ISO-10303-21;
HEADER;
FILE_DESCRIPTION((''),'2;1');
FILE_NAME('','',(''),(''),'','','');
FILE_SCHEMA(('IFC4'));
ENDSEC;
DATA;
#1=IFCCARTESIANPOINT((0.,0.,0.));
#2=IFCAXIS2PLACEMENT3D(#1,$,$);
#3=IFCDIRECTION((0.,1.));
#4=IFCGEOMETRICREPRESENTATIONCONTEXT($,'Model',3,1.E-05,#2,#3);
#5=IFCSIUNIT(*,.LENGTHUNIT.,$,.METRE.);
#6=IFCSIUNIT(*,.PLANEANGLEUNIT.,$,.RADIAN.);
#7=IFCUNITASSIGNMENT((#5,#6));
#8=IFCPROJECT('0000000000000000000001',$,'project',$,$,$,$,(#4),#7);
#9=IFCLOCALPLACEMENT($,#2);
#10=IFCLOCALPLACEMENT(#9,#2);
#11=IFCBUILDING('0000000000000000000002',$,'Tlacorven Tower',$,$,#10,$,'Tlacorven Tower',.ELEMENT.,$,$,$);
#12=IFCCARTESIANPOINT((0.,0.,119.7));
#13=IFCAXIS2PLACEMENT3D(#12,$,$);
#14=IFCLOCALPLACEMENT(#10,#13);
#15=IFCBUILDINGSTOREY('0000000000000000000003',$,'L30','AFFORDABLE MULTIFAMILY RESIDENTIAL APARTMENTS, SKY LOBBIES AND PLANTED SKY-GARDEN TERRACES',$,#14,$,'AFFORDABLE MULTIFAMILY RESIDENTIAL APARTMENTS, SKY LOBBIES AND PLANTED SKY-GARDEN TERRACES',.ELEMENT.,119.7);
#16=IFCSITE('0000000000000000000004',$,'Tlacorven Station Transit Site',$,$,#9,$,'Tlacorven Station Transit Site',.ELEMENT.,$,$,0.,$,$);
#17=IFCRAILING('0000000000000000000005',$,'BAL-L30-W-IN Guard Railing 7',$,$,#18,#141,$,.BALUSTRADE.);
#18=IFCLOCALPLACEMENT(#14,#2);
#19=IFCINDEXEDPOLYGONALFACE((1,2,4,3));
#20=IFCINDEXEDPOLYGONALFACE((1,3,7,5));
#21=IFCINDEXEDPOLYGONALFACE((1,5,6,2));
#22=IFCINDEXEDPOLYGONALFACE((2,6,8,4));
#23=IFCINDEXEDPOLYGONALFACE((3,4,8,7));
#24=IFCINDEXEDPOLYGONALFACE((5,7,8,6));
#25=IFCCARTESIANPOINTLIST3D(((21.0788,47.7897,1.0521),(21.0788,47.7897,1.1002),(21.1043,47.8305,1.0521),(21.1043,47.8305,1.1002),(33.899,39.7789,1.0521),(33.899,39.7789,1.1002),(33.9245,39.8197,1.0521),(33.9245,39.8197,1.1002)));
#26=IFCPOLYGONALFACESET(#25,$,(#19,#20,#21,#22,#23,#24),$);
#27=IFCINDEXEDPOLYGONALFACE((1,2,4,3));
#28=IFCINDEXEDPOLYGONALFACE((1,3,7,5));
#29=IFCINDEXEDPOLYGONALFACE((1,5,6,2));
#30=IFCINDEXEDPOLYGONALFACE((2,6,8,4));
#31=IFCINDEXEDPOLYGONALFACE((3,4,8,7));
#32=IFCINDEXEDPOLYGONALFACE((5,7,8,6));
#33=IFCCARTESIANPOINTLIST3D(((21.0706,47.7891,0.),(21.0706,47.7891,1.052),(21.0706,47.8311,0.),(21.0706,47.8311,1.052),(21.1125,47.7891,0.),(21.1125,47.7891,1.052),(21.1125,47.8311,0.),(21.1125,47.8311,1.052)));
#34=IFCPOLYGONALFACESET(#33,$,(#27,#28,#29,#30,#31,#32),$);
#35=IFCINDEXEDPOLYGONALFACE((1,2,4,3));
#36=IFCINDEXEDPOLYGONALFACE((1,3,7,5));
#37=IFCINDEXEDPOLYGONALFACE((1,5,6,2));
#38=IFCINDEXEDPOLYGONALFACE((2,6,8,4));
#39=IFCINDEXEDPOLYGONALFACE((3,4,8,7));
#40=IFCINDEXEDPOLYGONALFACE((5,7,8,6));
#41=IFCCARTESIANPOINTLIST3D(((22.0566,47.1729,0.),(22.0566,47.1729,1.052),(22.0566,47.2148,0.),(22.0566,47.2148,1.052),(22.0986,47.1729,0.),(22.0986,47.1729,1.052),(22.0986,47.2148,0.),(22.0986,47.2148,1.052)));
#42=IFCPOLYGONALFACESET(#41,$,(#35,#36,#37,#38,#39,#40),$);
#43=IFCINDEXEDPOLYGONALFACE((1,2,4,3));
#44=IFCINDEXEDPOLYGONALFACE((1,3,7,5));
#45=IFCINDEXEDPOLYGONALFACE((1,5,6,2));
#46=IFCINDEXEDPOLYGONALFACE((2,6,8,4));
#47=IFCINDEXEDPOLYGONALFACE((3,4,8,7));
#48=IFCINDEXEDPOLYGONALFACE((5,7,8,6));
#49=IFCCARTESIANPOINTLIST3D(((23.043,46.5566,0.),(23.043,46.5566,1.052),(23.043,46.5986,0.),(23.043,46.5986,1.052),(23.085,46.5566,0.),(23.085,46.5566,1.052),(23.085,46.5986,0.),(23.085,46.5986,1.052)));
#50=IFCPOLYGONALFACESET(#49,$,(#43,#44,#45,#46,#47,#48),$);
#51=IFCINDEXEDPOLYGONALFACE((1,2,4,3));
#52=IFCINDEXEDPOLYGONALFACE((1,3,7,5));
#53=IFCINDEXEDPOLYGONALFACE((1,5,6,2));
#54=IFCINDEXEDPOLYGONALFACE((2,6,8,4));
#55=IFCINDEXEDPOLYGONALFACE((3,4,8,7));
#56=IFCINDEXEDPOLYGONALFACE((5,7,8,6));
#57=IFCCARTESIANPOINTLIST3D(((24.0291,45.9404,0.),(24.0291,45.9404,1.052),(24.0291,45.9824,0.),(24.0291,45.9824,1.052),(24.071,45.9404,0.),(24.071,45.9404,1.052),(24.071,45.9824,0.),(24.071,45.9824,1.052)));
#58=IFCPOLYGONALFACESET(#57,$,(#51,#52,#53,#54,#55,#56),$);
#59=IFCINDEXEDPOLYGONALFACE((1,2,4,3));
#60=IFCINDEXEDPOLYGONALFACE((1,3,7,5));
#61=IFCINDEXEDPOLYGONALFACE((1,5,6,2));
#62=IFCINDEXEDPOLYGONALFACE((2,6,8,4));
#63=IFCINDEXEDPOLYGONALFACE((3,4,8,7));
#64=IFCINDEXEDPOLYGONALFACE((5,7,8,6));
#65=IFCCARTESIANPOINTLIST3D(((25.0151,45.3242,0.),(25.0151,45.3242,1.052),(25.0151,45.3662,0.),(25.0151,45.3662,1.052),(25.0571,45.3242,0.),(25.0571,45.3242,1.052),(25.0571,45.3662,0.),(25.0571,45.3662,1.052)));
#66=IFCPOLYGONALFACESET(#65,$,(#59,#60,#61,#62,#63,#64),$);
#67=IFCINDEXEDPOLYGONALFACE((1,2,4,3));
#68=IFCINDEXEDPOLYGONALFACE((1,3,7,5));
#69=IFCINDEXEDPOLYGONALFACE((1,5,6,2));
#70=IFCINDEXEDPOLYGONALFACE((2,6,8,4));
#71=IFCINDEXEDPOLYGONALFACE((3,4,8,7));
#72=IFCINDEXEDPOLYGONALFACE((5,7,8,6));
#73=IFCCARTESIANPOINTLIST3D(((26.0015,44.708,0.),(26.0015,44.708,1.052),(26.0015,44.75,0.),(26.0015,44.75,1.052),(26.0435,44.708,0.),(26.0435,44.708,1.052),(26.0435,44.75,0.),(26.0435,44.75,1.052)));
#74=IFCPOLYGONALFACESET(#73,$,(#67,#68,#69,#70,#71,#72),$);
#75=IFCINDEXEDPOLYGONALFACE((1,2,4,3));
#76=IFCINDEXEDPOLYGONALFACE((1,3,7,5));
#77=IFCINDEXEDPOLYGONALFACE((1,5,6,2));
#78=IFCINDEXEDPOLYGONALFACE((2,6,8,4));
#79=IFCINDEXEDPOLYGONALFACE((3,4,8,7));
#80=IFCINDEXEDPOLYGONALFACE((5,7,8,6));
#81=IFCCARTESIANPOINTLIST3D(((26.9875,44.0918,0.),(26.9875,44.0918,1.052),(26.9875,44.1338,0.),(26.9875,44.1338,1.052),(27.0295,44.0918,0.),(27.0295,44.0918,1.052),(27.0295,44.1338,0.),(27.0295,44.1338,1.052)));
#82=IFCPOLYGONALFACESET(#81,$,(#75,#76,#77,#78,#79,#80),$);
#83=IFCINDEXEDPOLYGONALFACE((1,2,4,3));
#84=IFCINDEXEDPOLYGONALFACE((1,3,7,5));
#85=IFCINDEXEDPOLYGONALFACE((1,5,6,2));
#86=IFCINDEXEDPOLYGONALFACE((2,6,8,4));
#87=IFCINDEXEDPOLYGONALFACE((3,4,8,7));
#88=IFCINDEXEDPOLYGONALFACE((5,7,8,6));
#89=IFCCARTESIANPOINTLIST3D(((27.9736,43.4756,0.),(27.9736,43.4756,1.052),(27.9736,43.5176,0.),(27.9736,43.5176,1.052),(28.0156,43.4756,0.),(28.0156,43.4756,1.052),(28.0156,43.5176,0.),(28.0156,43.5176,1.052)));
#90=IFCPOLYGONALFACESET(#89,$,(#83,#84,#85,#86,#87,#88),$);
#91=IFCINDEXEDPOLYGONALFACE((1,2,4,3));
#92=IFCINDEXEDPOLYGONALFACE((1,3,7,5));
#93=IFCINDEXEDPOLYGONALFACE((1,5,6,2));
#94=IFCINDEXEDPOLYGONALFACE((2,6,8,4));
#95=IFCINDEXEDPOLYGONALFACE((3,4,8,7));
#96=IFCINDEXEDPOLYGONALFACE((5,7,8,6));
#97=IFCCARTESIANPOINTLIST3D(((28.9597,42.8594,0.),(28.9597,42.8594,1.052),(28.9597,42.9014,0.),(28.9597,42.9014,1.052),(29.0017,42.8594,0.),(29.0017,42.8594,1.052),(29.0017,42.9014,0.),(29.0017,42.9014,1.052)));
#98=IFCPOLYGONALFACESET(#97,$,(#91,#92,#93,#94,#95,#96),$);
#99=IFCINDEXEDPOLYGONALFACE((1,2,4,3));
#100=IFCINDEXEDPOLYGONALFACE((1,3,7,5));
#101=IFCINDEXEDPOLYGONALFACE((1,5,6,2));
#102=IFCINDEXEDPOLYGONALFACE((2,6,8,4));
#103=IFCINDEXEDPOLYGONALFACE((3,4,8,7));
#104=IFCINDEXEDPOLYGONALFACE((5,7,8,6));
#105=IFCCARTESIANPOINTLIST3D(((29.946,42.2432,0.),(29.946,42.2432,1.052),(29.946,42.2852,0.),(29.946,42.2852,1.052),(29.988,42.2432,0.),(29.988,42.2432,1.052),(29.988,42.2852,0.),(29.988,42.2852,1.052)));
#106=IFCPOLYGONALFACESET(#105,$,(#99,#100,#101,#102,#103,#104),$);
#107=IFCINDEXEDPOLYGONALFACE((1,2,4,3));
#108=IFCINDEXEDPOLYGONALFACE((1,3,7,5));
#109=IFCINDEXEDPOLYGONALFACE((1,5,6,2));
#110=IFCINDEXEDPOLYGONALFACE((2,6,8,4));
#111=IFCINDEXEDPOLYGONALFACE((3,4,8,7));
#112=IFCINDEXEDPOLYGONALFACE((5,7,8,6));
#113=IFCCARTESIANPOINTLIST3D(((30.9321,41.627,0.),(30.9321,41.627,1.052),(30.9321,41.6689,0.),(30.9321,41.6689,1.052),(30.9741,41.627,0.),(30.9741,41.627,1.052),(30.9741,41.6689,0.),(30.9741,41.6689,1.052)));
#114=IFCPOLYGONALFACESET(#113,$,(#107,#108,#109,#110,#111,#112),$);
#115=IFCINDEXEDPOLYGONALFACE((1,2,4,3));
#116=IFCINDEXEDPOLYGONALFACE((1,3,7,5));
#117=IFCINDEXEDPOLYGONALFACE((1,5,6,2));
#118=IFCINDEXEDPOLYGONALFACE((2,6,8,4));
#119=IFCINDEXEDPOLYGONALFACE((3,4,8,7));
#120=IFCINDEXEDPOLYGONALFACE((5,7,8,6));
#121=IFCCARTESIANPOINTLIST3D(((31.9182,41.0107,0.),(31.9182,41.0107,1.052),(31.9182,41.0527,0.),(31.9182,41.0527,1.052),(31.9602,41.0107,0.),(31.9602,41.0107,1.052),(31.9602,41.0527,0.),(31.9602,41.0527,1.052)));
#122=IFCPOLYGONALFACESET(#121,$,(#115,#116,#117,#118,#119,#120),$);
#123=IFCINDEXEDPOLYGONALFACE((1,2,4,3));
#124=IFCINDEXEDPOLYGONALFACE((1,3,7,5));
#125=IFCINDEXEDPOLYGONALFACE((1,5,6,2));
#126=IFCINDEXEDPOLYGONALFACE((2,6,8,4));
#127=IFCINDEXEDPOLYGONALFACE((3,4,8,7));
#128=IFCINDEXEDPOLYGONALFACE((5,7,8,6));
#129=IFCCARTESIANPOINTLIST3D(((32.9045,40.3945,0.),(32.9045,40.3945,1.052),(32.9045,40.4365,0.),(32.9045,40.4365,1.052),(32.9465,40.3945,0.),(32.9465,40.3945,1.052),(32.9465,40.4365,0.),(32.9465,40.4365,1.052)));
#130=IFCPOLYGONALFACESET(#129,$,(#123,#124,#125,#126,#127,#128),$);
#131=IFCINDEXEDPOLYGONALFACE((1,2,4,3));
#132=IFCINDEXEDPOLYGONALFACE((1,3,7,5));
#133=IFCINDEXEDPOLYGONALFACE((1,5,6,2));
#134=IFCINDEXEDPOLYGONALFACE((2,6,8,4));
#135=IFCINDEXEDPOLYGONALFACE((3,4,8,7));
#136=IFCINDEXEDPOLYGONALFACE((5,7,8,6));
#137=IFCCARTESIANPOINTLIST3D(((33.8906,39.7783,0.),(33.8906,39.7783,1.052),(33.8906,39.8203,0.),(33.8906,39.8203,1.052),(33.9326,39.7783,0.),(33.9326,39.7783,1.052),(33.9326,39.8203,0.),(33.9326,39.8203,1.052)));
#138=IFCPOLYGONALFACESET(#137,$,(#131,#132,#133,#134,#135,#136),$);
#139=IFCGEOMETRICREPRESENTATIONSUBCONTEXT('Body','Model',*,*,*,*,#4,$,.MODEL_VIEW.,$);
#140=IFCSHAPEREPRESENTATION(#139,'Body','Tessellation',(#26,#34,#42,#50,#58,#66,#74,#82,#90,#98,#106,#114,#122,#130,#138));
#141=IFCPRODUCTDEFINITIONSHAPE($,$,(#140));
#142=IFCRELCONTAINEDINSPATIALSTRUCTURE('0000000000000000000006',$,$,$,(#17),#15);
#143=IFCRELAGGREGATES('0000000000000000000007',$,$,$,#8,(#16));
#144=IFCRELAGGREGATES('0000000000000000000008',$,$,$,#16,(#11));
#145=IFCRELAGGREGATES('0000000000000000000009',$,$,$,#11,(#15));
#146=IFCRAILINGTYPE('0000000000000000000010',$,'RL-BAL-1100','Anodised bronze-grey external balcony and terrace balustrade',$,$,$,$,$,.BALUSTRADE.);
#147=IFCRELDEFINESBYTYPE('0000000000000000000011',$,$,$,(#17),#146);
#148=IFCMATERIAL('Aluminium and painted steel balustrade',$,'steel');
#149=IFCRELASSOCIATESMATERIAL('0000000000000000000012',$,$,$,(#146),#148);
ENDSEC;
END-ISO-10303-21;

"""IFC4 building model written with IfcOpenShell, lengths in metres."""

from ifc_helpers import new_model, si_unit, direction, frame, origin, origin_2d, place, context, subcontext, project, spatial, rectangle, extrude, source, transform, mapped, material, type_object, element, save


model = new_model("IFC4")

# Units and contexts
model_context = context("Model", 3, precision=1e-05, world=origin(), true_north=direction((0.0, 1.0)))
body_context = subcontext(model_context, "Body", "Model", "MODEL_VIEW")
ifc_project = project(units=[si_unit("LENGTHUNIT", "METRE"), si_unit("PLANEANGLEUNIT", "RADIAN")], contexts=[model_context])

# Site, building, storey
site_placement = place(None, origin())
site = spatial("IfcSite", under=ifc_project, at=site_placement, Name="Tlacorven Station Transit Site", LongName="Tlacorven Station Transit Site", CompositionType="ELEMENT", RefElevation=0.0)
building_placement = place(site_placement, origin())
building = spatial("IfcBuilding", under=site, at=building_placement, Name="Tlacorven Tower", LongName="Tlacorven Tower", CompositionType="ELEMENT")
storey_placement = place(building_placement, frame((0.0, 0.0, 119.7)))
storey = spatial("IfcBuildingStorey", under=building, at=storey_placement, Name="L30", Description="AFFORDABLE MULTIFAMILY RESIDENTIAL APARTMENTS, SKY LOBBIES AND PLANTED SKY-GARDEN TERRACES", LongName="AFFORDABLE MULTIFAMILY RESIDENTIAL APARTMENTS, SKY LOBBIES AND PLANTED SKY-GARDEN TERRACES", CompositionType="ELEMENT", Elevation=119.7)

# Railing
ifc_material_1 = material(Name="Aluminium and painted steel balustrade", Category="steel")
railing_type = type_object("IfcRailingType", Name="RL-BAL-1100", Description="Anodised bronze-grey external balcony and terrace balustrade", PredefinedType="BALUSTRADE", material=ifc_material_1)
shared_shape_1 = source(origin(), body_context, "Body", "SweptSolid", [
    extrude(rectangle(XDim=0.0481, YDim=0.0481, at=origin_2d()), frame((0.0, 0.0, 1.0762), z_axis=(0.848052, -0.529913, 0.0), x_axis=(0.529913, 0.848052, 0.0)), (0.0, 0.0, 1.0), 15.1172),
    extrude(rectangle(XDim=0.042, YDim=0.042, at=origin_2d()), origin(), (0.0, 0.0, 1.0), 1.052),
    extrude(rectangle(XDim=0.042, YDim=0.042, at=origin_2d()), frame((0.9861, -0.6162, 0.0)), (0.0, 0.0, 1.0), 1.052),
    extrude(rectangle(XDim=0.042, YDim=0.042, at=origin_2d()), frame((1.9724, -1.2324, 0.0)), (0.0, 0.0, 1.0), 1.052),
    extrude(rectangle(XDim=0.042, YDim=0.042, at=origin_2d()), frame((2.9585, -1.8486, 0.0)), (0.0, 0.0, 1.0), 1.052),
    extrude(rectangle(XDim=0.042, YDim=0.042, at=origin_2d()), frame((3.9446, -2.4648, 0.0)), (0.0, 0.0, 1.0), 1.052),
    extrude(rectangle(XDim=0.042, YDim=0.042, at=origin_2d()), frame((4.9309, -3.0811, 0.0)), (0.0, 0.0, 1.0), 1.052),
    extrude(rectangle(XDim=0.042, YDim=0.042, at=origin_2d()), frame((5.917, -3.6973, 0.0)), (0.0, 0.0, 1.0), 1.052),
    extrude(rectangle(XDim=0.042, YDim=0.042, at=origin_2d()), frame((6.9031, -4.3135, 0.0)), (0.0, 0.0, 1.0), 1.052),
    extrude(rectangle(XDim=0.042, YDim=0.042, at=origin_2d()), frame((7.8892, -4.9297, 0.0)), (0.0, 0.0, 1.0), 1.052),
    extrude(rectangle(XDim=0.042, YDim=0.042, at=origin_2d()), frame((8.8755, -5.5459, 0.0)), (0.0, 0.0, 1.0), 1.052),
    extrude(rectangle(XDim=0.042, YDim=0.042, at=origin_2d()), frame((9.8616, -6.1621, 0.0)), (0.0, 0.0, 1.0), 1.052),
    extrude(rectangle(XDim=0.042, YDim=0.042, at=origin_2d()), frame((10.8477, -6.7783, 0.0)), (0.0, 0.0, 1.0), 1.052),
    extrude(rectangle(XDim=0.042, YDim=0.042, at=origin_2d()), frame((11.834, -7.3945, 0.0)), (0.0, 0.0, 1.0), 1.052),
    extrude(rectangle(XDim=0.042, YDim=0.042, at=origin_2d()), frame((12.8201, -8.0107, 0.0)), (0.0, 0.0, 1.0), 1.052),
])
railing_1_placement = place(storey_placement, frame((21.0916, 47.8101, 0.0)))
element("IfcRailing", 1, at=railing_1_placement, inside=storey, type_object=railing_type, Name="BAL-L30-W-IN Guard Railing 7", PredefinedType="BALUSTRADE", context=body_context, shape_type="MappedRepresentation", body=[
    mapped(shared_shape_1, transform((0.0, 0.0, 0.0), scale=1.0)),
])

save(model, "model.ifc")
